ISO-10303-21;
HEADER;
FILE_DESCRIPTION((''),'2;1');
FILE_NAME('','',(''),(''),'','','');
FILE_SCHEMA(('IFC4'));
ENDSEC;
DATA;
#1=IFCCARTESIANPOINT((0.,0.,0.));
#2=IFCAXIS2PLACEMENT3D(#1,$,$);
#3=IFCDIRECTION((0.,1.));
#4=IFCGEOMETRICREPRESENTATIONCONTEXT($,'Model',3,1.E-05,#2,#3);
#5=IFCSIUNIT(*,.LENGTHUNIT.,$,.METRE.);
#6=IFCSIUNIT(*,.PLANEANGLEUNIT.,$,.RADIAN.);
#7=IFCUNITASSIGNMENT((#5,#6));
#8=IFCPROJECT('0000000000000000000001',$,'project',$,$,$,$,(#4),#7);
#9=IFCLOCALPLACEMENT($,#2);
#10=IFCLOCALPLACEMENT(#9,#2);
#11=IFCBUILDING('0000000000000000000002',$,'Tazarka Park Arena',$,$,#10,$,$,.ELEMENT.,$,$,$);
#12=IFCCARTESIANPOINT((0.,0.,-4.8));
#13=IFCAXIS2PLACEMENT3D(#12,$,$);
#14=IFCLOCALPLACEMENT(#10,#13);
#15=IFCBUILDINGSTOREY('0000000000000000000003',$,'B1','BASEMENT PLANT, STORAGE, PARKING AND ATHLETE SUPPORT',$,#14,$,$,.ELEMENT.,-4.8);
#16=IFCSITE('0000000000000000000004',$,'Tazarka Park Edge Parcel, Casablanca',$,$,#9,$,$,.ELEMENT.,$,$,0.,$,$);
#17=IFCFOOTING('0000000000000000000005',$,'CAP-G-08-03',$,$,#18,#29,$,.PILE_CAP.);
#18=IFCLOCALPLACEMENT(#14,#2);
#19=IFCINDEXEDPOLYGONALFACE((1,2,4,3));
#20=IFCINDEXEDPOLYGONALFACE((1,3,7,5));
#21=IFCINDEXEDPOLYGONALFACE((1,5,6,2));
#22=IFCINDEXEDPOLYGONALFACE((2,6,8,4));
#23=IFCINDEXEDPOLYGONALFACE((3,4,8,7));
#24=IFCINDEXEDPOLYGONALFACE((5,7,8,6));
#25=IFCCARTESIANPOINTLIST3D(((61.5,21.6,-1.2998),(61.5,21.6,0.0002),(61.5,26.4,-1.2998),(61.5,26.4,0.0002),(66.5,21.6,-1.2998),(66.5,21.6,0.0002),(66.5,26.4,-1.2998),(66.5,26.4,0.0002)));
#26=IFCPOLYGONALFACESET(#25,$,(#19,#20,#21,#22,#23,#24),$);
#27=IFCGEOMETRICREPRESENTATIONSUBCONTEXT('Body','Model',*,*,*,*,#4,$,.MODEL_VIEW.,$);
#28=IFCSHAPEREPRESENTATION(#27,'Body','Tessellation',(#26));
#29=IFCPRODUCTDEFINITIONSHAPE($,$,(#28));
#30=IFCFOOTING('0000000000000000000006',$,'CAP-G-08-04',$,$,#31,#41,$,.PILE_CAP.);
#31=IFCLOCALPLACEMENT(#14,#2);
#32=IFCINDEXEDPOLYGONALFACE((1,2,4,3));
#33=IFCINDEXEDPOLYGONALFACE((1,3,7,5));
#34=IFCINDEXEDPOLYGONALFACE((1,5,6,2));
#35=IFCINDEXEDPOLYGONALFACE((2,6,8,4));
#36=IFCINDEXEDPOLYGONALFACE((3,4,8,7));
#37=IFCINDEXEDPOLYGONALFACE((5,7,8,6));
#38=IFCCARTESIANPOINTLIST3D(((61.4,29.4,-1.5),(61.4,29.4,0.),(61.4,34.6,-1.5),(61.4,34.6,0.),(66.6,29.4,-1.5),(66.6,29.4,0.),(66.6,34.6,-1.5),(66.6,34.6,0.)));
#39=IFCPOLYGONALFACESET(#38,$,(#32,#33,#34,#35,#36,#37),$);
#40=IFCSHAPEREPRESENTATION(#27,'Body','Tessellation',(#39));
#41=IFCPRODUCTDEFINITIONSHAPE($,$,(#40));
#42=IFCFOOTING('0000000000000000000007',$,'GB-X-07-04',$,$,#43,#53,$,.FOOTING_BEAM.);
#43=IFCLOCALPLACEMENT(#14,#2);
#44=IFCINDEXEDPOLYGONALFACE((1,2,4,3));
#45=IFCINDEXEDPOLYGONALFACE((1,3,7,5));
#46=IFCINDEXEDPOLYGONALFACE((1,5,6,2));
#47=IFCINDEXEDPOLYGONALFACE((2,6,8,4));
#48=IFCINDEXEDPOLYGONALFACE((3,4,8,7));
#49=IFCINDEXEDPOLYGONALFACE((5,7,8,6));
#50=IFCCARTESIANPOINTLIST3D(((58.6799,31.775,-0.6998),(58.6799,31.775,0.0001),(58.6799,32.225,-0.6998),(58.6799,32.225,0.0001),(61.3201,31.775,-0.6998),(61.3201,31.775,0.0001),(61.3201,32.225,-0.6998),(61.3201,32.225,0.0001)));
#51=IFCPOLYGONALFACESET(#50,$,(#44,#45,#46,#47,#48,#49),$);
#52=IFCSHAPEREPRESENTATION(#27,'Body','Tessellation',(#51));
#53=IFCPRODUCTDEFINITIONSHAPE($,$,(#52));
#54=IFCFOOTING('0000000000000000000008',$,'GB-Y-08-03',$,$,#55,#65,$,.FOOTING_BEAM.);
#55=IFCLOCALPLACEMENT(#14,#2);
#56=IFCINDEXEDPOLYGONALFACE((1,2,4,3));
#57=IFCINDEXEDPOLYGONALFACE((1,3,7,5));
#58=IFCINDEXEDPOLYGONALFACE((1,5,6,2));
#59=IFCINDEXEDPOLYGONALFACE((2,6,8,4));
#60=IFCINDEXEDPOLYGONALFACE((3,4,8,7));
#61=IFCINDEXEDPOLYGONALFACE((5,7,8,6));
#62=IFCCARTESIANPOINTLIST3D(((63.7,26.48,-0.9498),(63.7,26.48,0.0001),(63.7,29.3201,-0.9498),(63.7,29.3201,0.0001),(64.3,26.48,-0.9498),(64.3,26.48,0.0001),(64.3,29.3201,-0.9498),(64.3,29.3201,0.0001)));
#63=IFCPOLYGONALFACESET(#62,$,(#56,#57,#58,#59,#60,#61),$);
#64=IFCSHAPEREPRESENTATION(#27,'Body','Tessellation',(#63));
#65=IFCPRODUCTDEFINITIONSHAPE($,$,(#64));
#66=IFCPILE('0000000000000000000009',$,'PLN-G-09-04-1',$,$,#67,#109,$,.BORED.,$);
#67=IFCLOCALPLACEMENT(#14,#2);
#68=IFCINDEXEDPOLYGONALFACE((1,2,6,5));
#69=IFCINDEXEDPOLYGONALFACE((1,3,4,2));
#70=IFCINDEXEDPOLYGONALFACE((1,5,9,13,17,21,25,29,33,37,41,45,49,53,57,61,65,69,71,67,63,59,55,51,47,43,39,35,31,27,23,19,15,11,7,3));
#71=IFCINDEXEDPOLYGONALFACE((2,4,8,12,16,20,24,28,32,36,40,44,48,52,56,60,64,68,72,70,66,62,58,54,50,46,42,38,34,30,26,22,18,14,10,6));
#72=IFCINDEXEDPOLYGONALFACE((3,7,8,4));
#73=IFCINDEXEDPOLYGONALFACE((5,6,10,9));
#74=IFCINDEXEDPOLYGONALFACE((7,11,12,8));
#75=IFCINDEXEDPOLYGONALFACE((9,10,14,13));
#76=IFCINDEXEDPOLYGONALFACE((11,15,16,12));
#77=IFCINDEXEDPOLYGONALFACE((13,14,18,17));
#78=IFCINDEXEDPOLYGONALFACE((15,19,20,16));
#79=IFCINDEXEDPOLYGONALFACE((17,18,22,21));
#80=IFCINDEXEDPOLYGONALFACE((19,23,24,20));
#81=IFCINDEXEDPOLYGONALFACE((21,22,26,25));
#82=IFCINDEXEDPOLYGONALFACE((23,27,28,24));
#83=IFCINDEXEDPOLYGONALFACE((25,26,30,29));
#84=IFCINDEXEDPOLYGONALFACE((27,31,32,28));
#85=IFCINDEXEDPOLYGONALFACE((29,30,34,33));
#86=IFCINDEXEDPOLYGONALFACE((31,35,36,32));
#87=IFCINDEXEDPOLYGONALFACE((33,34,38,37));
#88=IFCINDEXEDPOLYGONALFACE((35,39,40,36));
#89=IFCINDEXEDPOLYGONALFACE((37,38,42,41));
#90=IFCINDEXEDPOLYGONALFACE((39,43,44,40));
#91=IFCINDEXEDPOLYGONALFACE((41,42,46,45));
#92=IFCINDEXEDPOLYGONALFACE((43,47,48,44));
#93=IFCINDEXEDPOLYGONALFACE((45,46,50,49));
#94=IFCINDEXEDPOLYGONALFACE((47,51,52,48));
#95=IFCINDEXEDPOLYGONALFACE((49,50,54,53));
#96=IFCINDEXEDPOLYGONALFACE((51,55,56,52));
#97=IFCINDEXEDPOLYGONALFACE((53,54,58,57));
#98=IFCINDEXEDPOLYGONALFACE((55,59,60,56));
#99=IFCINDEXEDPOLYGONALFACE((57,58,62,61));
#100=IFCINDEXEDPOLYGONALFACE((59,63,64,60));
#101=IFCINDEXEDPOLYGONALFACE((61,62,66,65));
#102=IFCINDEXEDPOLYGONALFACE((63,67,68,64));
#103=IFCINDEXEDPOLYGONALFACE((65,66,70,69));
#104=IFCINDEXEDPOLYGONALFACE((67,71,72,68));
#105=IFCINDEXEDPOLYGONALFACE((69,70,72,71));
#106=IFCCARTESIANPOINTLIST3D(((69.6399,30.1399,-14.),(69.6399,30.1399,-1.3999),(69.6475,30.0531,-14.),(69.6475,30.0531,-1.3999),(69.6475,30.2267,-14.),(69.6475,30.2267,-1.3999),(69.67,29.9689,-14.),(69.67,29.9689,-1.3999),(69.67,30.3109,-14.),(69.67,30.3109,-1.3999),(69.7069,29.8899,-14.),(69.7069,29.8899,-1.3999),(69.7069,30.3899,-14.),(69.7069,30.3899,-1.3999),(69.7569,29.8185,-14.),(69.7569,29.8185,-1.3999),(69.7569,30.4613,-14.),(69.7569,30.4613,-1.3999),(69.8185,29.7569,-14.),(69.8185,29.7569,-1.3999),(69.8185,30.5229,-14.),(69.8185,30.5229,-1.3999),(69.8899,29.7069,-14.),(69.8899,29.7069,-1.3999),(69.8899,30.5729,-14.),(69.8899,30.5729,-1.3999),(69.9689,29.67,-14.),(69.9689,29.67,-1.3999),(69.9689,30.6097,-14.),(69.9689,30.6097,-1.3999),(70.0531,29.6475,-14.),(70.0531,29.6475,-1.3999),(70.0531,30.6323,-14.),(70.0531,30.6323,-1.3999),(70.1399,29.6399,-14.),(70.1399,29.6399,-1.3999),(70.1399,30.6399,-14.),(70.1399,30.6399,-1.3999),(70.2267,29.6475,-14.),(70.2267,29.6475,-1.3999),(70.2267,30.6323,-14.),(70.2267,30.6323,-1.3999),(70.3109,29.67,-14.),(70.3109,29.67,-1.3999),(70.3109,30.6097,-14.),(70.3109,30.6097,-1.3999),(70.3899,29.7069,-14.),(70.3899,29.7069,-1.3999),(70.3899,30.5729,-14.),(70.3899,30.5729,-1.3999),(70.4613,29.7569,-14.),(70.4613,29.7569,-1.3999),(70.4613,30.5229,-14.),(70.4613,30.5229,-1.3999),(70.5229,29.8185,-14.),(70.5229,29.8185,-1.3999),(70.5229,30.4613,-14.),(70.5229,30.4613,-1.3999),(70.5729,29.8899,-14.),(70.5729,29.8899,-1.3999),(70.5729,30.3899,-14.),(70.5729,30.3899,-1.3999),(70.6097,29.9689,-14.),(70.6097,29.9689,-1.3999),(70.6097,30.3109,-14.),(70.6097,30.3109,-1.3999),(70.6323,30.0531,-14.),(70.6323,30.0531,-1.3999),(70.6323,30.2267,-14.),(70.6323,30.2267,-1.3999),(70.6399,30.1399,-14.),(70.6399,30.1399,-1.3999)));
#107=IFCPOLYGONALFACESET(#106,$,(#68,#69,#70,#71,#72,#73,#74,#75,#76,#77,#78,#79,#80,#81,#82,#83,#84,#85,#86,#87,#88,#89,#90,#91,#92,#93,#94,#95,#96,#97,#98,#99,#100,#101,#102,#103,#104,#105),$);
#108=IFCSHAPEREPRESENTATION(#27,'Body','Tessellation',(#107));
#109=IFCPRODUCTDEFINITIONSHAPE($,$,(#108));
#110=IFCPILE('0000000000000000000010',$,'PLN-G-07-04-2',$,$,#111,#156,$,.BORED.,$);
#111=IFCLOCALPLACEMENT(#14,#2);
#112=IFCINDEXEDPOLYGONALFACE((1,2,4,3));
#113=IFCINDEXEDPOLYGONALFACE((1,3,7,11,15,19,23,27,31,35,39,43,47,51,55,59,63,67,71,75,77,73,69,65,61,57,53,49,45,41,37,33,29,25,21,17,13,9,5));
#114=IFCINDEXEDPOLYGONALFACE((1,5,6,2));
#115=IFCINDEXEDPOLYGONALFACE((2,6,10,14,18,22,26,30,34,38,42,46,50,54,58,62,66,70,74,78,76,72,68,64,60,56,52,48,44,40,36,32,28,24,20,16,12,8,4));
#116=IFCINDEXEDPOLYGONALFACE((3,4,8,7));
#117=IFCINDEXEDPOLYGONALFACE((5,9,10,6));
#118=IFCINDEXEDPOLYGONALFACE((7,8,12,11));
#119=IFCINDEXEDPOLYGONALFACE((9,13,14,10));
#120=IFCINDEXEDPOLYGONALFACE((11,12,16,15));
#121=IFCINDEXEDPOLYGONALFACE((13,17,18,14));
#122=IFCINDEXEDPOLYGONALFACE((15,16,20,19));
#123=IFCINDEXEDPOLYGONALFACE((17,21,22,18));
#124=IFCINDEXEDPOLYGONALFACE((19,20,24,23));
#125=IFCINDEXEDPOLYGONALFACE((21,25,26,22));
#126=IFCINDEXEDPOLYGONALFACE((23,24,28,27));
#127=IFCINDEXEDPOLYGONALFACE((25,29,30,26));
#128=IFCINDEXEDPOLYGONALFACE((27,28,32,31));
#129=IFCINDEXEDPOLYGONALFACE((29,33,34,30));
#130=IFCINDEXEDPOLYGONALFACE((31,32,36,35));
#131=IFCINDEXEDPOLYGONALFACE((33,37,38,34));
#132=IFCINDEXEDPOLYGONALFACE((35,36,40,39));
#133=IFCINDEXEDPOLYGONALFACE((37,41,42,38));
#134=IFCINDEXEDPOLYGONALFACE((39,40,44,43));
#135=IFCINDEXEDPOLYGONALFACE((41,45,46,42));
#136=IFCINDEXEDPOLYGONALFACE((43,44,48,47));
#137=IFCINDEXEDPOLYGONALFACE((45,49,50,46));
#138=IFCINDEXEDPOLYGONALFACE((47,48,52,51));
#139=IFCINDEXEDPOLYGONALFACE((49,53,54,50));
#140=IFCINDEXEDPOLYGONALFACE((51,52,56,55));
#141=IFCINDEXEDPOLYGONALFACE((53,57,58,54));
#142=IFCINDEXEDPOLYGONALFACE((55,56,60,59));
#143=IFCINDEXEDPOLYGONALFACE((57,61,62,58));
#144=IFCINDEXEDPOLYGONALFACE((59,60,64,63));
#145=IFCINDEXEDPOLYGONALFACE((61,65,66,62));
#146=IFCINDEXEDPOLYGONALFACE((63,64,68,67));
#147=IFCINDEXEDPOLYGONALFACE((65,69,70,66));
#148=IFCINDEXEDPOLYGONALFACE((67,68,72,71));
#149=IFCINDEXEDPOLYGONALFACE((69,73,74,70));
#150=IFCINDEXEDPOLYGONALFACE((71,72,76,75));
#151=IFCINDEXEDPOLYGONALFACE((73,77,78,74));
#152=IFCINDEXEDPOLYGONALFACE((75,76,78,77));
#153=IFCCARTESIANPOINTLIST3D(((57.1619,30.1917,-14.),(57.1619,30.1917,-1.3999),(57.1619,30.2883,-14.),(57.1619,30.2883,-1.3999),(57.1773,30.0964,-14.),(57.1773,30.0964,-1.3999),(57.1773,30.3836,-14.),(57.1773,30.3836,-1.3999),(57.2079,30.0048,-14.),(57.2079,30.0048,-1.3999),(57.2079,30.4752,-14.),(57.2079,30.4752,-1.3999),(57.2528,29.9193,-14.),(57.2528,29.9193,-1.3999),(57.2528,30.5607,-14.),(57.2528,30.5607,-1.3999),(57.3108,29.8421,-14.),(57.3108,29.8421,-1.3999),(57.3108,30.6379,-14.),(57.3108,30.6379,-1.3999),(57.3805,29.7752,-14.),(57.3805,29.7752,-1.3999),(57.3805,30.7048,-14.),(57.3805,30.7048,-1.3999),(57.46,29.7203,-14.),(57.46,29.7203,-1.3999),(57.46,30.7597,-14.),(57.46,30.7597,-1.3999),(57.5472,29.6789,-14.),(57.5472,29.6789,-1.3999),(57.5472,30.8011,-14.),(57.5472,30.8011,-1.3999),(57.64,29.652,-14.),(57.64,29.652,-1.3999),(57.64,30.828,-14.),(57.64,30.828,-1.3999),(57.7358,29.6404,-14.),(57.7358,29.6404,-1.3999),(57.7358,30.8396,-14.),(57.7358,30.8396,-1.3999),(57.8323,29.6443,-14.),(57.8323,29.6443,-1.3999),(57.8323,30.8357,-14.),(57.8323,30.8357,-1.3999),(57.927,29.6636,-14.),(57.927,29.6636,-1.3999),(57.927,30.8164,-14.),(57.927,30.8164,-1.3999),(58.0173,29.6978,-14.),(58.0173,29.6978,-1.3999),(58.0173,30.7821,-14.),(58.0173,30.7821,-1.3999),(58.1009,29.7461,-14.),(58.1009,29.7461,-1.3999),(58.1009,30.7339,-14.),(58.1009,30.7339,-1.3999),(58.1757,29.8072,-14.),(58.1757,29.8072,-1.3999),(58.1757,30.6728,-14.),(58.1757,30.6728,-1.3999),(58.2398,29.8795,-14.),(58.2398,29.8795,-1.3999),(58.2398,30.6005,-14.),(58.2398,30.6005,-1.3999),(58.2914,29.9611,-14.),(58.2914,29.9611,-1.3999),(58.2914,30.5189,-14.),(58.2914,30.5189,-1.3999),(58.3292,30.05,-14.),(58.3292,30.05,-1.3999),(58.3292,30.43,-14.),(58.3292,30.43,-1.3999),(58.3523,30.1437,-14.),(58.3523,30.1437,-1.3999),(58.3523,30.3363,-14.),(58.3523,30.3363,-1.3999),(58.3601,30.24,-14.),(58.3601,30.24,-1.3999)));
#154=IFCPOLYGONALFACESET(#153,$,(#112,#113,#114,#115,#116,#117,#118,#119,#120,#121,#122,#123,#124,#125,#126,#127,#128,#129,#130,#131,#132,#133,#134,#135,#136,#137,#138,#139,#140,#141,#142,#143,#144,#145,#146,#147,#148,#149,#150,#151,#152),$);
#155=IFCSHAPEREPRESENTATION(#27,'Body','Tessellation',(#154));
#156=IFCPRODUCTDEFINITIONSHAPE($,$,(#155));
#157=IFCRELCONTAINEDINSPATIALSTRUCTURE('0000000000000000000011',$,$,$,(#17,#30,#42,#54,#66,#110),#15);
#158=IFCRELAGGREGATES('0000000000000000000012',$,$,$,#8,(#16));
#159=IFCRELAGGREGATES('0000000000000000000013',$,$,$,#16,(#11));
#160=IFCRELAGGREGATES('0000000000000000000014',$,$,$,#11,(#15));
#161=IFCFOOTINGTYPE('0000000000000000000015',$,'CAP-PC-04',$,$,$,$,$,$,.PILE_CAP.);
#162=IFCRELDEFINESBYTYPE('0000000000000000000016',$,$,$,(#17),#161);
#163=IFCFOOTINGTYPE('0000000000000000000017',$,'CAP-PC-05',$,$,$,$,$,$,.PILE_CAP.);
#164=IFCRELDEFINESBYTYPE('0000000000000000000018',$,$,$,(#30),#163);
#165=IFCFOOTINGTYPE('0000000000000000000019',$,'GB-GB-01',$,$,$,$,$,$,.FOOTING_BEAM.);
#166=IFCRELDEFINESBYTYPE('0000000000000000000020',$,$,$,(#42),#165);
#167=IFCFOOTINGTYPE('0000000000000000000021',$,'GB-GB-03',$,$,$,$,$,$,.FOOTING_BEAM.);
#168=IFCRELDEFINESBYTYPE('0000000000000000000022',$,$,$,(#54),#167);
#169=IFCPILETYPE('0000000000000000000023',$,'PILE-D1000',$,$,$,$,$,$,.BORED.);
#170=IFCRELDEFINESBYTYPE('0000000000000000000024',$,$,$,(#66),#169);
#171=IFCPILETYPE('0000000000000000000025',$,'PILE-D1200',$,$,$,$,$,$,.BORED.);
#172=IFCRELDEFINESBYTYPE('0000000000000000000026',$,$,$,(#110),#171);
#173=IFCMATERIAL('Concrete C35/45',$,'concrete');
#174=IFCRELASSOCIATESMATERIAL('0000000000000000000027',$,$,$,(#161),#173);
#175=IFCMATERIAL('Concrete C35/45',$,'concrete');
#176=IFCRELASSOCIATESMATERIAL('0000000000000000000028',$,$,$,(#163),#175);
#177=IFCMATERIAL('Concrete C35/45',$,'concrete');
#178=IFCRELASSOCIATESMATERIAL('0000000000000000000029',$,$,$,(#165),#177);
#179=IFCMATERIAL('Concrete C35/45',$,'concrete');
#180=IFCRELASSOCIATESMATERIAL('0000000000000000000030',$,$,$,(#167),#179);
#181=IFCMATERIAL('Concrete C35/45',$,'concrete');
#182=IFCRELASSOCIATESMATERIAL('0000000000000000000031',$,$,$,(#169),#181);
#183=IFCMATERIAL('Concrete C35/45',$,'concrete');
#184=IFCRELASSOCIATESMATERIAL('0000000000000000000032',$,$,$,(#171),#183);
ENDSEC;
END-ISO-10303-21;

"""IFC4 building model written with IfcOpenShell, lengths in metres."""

from ifc_helpers import new_model, si_unit, direction, frame, origin, origin_2d, place, context, subcontext, project, spatial, rectangle, circle, extrude, material, material_profile, profile_set, type_object, element, save


model = new_model("IFC4")

# Units and contexts
model_context = context("Model", 3, precision=1e-05, world=origin(), true_north=direction((0.0, 1.0)))
body_context = subcontext(model_context, "Body", "Model", "MODEL_VIEW")
ifc_project = project(units=[si_unit("LENGTHUNIT", "METRE"), si_unit("PLANEANGLEUNIT", "RADIAN")], contexts=[model_context])

# Site, building, storey
site_placement = place(None, origin())
site = spatial("IfcSite", under=ifc_project, at=site_placement, Name="Tazarka Park Edge Parcel, Casablanca", CompositionType="ELEMENT", RefElevation=0.0)
building_placement = place(site_placement, origin())
building = spatial("IfcBuilding", under=site, at=building_placement, Name="Tazarka Park Arena", CompositionType="ELEMENT")
storey_placement = place(building_placement, frame((0.0, 0.0, -4.8)))
storey = spatial("IfcBuildingStorey", under=building, at=storey_placement, Name="B1", Description="BASEMENT PLANT, STORAGE, PARKING AND ATHLETE SUPPORT", CompositionType="ELEMENT", Elevation=-4.8)

# Footings
ifc_material_1 = material(Name="Concrete C35/45", Category="concrete")
footing_type_1 = type_object("IfcFootingType", Name="CAP-PC-04", PredefinedType="PILE_CAP", material=ifc_material_1)
footing_1_placement = place(storey_placement, frame((64.0, 24.0, -1.2998), z_axis=(0.0, 0.0, 1.0), x_axis=(1.0, 0.0, 0.0)))
element("IfcFooting", 1, at=footing_1_placement, inside=storey, type_object=footing_type_1, Name="CAP-G-08-03", PredefinedType="PILE_CAP", context=body_context, shape_type="SweptSolid", body=[
    extrude(rectangle(XDim=5.0, YDim=4.8, at=origin_2d()), origin(), (0.0, 0.0, 1.0), 1.3),
])
ifc_material_2 = material(Name="Concrete C35/45", Category="concrete")
footing_type_2 = type_object("IfcFootingType", Name="CAP-PC-05", PredefinedType="PILE_CAP", material=ifc_material_2)
footing_2_placement = place(storey_placement, frame((64.0, 32.0, -1.5), z_axis=(0.0, 0.0, 1.0), x_axis=(1.0, 0.0, 0.0)))
element("IfcFooting", 2, at=footing_2_placement, inside=storey, type_object=footing_type_2, Name="CAP-G-08-04", PredefinedType="PILE_CAP", context=body_context, shape_type="SweptSolid", body=[
    extrude(rectangle(XDim=5.2, YDim=5.2, at=origin_2d()), origin(), (0.0, 0.0, 1.0), 1.5),
])
ifc_material_3 = material(Name="Concrete C35/45", Category="concrete")
ifc_material_profile_1 = material_profile(ifc_material_3, rectangle(XDim=0.45, YDim=0.7, at=origin_2d()), Name="Concrete C35/45")
ifc_profile_set_1 = profile_set([ifc_material_profile_1], Name="Concrete C35/45")
footing_type_3 = type_object("IfcFootingType", Name="GB-GB-01", PredefinedType="FOOTING_BEAM", material=ifc_profile_set_1)
footing_3_placement = place(storey_placement, frame((58.6799, 32.0, -0.3499), z_axis=(1.0, 0.0, 0.0), x_axis=(0.0, 1.0, 0.0)))
element("IfcFooting", 3, at=footing_3_placement, inside=storey, type_object=footing_type_3, Name="GB-X-07-04", PredefinedType="FOOTING_BEAM", context=body_context, shape_type="SweptSolid", body=[
    extrude(rectangle(XDim=0.45, YDim=0.7, at=origin_2d()), origin(), (0.0, 0.0, 1.0), 2.6401),
])
ifc_material_4 = material(Name="Concrete C35/45", Category="concrete")
ifc_material_profile_2 = material_profile(ifc_material_4, rectangle(XDim=0.6001, YDim=0.95, at=origin_2d()), Name="Concrete C35/45")
ifc_profile_set_2 = profile_set([ifc_material_profile_2], Name="Concrete C35/45")
footing_type_4 = type_object("IfcFootingType", Name="GB-GB-03", PredefinedType="FOOTING_BEAM", material=ifc_profile_set_2)
footing_4_placement = place(storey_placement, frame((64.0, 26.48, -0.4749), z_axis=(0.0, 1.0, 0.0), x_axis=(-1.0, 0.0, 0.0)))
element("IfcFooting", 4, at=footing_4_placement, inside=storey, type_object=footing_type_4, Name="GB-Y-08-03", PredefinedType="FOOTING_BEAM", context=body_context, shape_type="SweptSolid", body=[
    extrude(rectangle(XDim=0.6001, YDim=0.95, at=origin_2d()), origin(), (0.0, 0.0, 1.0), 2.8401),
])

# Piles
ifc_material_5 = material(Name="Concrete C35/45", Category="concrete")
ifc_material_profile_3 = material_profile(ifc_material_5, circle(Radius=0.5, at=origin_2d()), Name="Concrete C35/45")
ifc_profile_set_3 = profile_set([ifc_material_profile_3], Name="Concrete C35/45")
pile_type_1 = type_object("IfcPileType", Name="PILE-D1000", PredefinedType="BORED", material=ifc_profile_set_3)
pile_1_placement = place(storey_placement, frame((70.1399, 30.1399, -1.3999), z_axis=(0.0, 0.0, -1.0), x_axis=(1.0, 0.0, 0.0)))
element("IfcPile", 5, at=pile_1_placement, inside=storey, type_object=pile_type_1, Name="PLN-G-09-04-1", PredefinedType="BORED", context=body_context, shape_type="SweptSolid", body=[
    extrude(circle(Radius=0.5, at=origin_2d()), origin(), (0.0, 0.0, 1.0), 12.6001),
])
ifc_material_6 = material(Name="Concrete C35/45", Category="concrete")
ifc_material_profile_4 = material_profile(ifc_material_6, circle(Radius=0.6001, at=origin_2d()), Name="Concrete C35/45")
ifc_profile_set_4 = profile_set([ifc_material_profile_4], Name="Concrete C35/45")
pile_type_2 = type_object("IfcPileType", Name="PILE-D1200", PredefinedType="BORED", material=ifc_profile_set_4)
pile_2_placement = place(storey_placement, frame((57.76, 30.24, -1.3999), z_axis=(0.0, 0.0, -1.0), x_axis=(1.0, 0.0, 0.0)))
element("IfcPile", 6, at=pile_2_placement, inside=storey, type_object=pile_type_2, Name="PLN-G-07-04-2", PredefinedType="BORED", context=body_context, shape_type="SweptSolid", body=[
    extrude(circle(Radius=0.6001, at=origin_2d()), origin(), (0.0, 0.0, 1.0), 12.6001),
])

save(model, "model.ifc")
